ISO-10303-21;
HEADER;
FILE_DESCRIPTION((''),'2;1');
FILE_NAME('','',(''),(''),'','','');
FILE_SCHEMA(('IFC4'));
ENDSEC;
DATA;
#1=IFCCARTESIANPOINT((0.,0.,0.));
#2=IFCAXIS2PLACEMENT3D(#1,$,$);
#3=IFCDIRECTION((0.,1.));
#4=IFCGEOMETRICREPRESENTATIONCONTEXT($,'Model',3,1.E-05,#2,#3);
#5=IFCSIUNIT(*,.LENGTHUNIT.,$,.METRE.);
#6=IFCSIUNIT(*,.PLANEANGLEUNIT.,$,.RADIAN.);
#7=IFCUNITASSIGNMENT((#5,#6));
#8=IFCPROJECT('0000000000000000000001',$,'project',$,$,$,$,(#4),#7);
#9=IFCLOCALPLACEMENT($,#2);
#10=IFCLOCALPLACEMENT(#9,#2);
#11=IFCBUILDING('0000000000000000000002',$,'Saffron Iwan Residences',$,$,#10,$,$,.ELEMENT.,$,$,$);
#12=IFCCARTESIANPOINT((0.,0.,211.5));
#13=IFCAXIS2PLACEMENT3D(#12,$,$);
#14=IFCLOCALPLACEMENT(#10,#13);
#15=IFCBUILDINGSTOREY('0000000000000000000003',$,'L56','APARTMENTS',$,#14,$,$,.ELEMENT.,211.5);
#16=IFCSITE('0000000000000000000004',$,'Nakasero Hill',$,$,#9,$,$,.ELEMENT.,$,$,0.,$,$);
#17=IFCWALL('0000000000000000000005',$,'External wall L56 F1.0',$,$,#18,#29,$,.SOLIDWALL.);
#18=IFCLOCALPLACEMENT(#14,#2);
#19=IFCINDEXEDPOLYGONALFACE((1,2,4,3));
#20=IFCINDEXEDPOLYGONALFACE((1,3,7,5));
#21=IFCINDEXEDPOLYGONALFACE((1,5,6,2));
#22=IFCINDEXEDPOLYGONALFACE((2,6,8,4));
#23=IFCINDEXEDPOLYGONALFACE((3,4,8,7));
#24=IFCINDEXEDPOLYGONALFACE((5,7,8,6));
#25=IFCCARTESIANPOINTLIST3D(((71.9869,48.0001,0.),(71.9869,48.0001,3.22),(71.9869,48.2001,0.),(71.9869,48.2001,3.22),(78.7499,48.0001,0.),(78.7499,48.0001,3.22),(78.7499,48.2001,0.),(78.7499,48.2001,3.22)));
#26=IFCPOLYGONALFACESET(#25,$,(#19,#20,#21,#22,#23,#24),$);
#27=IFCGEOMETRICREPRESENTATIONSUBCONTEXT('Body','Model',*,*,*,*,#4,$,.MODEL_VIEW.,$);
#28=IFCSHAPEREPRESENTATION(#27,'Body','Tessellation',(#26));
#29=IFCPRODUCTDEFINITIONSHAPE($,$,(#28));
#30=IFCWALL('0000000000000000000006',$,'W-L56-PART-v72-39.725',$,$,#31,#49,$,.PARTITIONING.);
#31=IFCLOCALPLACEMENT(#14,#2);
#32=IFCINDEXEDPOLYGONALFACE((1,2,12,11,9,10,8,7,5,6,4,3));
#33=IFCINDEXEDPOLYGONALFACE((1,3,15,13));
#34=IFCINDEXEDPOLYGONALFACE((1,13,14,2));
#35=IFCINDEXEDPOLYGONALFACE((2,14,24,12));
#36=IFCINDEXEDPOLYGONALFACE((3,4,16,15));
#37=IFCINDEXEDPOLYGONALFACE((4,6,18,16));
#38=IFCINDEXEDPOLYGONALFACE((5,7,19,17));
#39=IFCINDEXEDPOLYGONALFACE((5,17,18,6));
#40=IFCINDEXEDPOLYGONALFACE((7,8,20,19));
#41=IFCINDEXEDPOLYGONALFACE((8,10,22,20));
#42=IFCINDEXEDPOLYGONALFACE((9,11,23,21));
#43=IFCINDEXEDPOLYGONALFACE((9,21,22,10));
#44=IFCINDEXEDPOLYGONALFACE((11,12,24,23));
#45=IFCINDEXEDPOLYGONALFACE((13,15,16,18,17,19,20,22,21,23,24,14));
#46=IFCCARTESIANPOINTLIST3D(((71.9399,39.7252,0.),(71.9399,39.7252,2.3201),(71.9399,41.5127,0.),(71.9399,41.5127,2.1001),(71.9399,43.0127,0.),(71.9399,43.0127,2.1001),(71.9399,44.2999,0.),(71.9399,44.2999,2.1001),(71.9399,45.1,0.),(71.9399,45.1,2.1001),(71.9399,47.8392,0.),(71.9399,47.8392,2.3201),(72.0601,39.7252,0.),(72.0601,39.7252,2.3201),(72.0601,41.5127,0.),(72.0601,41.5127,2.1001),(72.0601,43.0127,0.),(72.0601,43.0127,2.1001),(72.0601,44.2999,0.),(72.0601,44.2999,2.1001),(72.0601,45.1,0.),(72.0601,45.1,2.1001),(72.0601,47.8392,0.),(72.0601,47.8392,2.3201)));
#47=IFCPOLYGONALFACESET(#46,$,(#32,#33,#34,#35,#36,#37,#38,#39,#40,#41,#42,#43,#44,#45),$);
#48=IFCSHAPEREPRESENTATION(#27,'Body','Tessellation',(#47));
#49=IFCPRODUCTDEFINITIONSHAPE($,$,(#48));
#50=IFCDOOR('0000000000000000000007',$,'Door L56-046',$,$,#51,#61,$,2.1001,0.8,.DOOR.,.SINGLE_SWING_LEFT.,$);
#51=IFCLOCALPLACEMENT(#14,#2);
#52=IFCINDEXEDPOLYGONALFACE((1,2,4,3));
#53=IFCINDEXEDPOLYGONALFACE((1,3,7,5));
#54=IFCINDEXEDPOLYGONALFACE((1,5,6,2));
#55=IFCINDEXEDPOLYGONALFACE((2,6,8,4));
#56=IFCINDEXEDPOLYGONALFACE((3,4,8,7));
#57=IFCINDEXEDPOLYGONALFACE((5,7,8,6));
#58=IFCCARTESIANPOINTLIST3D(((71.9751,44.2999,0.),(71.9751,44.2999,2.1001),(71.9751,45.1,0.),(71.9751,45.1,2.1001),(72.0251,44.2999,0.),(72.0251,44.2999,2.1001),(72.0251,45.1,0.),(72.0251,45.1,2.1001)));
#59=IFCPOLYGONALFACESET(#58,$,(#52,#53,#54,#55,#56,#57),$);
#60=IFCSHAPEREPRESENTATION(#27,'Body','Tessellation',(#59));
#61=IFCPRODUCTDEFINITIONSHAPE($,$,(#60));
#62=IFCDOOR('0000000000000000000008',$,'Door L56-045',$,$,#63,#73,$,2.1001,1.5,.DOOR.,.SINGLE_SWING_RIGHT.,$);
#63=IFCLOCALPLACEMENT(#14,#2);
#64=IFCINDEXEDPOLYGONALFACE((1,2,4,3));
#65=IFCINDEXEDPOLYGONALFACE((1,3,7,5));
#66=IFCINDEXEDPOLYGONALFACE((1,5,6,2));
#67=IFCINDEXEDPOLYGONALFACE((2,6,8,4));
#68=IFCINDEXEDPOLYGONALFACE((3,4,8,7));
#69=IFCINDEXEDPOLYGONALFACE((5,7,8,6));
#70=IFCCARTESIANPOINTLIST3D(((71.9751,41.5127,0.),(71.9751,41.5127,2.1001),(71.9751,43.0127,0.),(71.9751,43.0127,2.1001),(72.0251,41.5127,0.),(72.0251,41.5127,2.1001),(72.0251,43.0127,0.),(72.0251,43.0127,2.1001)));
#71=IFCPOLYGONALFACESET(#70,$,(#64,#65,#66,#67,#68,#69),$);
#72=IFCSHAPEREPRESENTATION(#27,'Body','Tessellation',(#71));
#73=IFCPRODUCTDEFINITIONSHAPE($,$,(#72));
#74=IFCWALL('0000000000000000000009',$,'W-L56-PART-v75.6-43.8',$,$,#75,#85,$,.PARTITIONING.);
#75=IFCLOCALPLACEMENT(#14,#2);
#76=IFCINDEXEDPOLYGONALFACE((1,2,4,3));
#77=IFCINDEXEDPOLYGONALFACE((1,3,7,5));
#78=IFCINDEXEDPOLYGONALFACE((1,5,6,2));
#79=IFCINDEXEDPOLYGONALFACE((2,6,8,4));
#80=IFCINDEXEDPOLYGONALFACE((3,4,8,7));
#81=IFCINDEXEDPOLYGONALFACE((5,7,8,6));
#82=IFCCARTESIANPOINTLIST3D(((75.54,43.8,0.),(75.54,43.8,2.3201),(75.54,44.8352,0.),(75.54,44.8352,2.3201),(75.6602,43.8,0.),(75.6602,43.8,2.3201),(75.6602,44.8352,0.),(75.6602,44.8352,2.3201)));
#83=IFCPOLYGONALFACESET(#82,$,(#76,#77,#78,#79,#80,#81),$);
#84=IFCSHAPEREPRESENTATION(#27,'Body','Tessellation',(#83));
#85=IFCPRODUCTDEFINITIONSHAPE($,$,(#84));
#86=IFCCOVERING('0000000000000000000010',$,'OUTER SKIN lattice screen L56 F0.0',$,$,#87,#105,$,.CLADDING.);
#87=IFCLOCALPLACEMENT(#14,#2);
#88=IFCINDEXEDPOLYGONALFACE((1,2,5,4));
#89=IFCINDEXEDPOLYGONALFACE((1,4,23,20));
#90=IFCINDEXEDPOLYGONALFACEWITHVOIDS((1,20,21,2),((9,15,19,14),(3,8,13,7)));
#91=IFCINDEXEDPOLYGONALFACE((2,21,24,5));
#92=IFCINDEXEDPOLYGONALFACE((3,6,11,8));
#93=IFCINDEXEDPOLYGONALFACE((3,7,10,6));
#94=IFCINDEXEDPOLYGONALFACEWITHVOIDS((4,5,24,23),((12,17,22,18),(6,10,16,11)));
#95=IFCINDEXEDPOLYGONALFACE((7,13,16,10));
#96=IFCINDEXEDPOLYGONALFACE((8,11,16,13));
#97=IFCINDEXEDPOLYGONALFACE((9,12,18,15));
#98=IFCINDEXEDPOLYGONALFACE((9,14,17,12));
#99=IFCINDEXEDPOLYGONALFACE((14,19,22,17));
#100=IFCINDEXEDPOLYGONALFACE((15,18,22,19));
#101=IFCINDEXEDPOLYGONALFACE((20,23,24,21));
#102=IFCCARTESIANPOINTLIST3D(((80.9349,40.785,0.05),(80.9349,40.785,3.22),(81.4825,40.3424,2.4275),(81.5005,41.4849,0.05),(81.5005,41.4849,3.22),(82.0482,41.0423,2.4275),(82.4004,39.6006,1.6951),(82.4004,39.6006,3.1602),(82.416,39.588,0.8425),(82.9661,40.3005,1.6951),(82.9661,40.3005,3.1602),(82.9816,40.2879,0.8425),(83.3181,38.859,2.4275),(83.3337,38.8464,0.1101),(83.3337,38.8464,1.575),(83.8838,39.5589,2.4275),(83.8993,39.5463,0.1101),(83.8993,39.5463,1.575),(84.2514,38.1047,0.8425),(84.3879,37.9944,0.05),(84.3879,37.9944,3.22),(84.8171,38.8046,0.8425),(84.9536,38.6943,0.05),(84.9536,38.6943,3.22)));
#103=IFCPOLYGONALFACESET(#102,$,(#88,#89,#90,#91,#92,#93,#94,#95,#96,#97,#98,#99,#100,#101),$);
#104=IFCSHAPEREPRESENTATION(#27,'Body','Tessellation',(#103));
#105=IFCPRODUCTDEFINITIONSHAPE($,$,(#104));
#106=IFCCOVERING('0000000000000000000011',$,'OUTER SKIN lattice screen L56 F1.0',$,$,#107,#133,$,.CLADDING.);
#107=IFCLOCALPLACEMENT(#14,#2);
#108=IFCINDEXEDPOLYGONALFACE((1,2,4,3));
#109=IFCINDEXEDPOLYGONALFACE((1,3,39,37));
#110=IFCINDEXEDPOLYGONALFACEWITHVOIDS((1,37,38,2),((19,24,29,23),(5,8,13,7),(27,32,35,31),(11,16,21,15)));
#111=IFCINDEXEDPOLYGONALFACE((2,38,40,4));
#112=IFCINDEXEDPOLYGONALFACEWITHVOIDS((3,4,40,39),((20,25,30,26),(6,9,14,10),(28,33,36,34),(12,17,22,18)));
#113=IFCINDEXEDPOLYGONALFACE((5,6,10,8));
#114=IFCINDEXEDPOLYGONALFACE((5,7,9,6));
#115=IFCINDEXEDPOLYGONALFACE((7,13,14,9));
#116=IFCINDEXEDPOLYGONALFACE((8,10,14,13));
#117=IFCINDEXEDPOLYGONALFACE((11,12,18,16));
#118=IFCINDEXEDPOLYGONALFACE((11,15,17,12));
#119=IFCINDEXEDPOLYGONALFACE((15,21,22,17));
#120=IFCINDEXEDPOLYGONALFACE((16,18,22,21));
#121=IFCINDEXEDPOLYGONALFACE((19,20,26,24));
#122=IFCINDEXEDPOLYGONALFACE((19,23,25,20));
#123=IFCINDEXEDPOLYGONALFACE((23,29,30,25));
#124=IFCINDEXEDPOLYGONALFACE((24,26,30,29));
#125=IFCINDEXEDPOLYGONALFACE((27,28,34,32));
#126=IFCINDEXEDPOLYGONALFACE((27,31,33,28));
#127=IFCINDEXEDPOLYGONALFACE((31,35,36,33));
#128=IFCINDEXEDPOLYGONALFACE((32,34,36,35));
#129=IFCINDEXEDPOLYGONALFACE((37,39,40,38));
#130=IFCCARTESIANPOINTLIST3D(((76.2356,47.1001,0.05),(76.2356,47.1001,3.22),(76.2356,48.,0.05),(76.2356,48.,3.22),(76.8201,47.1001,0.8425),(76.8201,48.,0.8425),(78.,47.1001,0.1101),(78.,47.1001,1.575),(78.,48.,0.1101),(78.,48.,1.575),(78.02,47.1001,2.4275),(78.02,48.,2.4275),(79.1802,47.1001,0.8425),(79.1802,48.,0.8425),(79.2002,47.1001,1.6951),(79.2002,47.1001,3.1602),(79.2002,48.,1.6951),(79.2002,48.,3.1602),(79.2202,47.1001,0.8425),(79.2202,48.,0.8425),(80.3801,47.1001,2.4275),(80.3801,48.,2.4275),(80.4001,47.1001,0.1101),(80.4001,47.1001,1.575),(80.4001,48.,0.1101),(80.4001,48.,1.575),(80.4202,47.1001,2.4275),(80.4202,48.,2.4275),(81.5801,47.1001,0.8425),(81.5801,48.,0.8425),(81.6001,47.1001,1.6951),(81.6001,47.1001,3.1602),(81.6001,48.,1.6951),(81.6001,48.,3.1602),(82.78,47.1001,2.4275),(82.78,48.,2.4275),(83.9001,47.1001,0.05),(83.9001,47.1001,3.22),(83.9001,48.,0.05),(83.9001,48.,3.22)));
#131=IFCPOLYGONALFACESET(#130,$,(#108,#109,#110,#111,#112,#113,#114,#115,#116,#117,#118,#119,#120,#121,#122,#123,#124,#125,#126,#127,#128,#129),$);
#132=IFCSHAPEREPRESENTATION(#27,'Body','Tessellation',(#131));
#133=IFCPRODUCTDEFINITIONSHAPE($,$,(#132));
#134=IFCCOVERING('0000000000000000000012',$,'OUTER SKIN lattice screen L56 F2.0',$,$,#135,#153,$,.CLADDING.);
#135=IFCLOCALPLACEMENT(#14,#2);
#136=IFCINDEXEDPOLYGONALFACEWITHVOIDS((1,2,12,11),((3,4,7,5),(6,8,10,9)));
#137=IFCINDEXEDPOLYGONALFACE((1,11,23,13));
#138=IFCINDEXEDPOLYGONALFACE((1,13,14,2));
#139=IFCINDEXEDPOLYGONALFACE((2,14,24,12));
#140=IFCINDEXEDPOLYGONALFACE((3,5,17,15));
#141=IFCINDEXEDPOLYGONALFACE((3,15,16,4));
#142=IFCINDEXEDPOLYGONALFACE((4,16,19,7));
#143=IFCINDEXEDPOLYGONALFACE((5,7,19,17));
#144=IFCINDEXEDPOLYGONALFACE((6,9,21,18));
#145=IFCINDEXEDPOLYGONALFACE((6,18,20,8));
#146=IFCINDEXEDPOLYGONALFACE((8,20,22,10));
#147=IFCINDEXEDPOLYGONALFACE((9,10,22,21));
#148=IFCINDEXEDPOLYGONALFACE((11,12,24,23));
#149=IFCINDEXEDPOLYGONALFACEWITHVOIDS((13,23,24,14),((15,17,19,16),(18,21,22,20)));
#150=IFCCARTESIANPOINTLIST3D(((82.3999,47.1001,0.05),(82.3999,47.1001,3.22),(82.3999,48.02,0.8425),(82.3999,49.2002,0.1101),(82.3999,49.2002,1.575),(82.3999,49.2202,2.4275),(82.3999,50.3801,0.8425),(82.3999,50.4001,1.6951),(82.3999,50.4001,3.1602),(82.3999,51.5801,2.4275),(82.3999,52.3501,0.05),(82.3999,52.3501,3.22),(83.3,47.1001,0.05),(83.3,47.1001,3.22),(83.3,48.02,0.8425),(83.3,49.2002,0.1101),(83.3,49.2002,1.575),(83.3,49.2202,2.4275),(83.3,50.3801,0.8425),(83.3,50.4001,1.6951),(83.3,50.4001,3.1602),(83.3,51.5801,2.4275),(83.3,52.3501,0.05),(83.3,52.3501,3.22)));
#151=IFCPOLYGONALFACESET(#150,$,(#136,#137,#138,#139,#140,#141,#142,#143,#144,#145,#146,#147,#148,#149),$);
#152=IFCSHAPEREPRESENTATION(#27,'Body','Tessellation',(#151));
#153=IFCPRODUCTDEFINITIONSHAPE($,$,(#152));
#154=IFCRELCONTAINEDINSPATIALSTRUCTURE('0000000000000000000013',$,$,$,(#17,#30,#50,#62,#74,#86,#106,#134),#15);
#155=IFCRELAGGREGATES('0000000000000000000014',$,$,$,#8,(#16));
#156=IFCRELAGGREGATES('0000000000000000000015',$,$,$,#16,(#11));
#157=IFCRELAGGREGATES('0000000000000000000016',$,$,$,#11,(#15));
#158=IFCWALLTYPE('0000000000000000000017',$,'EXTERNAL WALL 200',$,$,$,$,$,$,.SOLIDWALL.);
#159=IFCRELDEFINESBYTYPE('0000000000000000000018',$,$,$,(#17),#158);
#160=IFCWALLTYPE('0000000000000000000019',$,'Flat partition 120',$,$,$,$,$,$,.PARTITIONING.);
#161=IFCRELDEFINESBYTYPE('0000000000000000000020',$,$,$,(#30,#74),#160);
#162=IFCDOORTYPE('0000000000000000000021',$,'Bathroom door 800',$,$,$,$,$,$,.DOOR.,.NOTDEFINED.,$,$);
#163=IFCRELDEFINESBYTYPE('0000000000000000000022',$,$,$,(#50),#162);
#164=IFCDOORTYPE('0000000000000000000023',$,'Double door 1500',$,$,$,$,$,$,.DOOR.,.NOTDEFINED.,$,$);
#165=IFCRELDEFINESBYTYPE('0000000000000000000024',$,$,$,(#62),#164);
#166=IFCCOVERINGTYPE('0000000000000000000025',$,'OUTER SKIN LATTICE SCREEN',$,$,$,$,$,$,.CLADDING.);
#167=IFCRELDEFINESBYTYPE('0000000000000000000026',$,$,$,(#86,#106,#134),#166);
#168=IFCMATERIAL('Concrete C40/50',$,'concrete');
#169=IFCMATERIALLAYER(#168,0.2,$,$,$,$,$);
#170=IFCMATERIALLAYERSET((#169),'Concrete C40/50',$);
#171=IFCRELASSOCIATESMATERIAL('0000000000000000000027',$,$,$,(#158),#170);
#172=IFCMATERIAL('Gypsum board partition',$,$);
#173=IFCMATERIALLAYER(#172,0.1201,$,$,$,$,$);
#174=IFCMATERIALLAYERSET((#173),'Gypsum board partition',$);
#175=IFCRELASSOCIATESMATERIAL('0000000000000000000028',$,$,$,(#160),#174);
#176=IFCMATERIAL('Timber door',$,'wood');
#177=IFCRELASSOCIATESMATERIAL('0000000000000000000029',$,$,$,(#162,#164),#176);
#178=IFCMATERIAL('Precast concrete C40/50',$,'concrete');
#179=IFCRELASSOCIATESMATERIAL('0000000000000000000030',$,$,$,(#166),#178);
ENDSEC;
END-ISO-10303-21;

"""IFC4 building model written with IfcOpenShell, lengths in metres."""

from ifc_helpers import new_model, si_unit, direction, frame, frame_2d, origin, place, context, subcontext, project, spatial, polyline, rectangle, outline, extrude, material, layer, layer_set, type_object, element, fill, save


model = new_model("IFC4")

# Units and contexts
model_context = context("Model", 3, precision=1e-05, world=origin(), true_north=direction((0.0, 1.0)))
body_context = subcontext(model_context, "Body", "Model", "MODEL_VIEW")
ifc_project = project(units=[si_unit("LENGTHUNIT", "METRE"), si_unit("PLANEANGLEUNIT", "RADIAN")], contexts=[model_context])

# Site, building, storey
site_placement = place(None, origin())
site = spatial("IfcSite", under=ifc_project, at=site_placement, Name="Nakasero Hill", CompositionType="ELEMENT", RefElevation=0.0)
building_placement = place(site_placement, origin())
building = spatial("IfcBuilding", under=site, at=building_placement, Name="Saffron Iwan Residences", CompositionType="ELEMENT")
storey_placement = place(building_placement, frame((0.0, 0.0, 211.5)))
storey = spatial("IfcBuildingStorey", under=building, at=storey_placement, Name="L56", Description="APARTMENTS", CompositionType="ELEMENT", Elevation=211.5)

# Shared definitions
ifc_material_1 = material(Name="Concrete C40/50", Category="concrete")

# Shared definitions
ifc_layer_1 = layer(ifc_material_1, 0.2)
ifc_layer_set_1 = layer_set([ifc_layer_1], Name="Concrete C40/50")
wall_type_1 = type_object("IfcWallType", Name="EXTERNAL WALL 200", PredefinedType="SOLIDWALL", material=ifc_layer_set_1)

# Wall
wall_1_placement = place(storey_placement, frame((71.9871, 48.1001, 0.0), z_axis=(0.0, 0.0, 1.0), x_axis=(1.0, 0.0, 0.0)))
element("IfcWall", 1, at=wall_1_placement, inside=storey, type_object=wall_type_1, Name="External wall L56 F1.0", PredefinedType="SOLIDWALL", context=body_context, shape_type="SweptSolid", body=[
    extrude(rectangle(XDim=6.7629, YDim=0.2, at=frame_2d((3.3813, 0.0))), origin(), (0.0, 0.0, 1.0), 3.22),
])

# Wall, openings, doors
ifc_material_2 = material(Name="Gypsum board partition")
ifc_layer_2 = layer(ifc_material_2, 0.1201)
ifc_layer_set_2 = layer_set([ifc_layer_2], Name="Gypsum board partition")
wall_type_2 = type_object("IfcWallType", Name="Flat partition 120", PredefinedType="PARTITIONING", material=ifc_layer_set_2)
wall_2_placement = place(storey_placement, frame((72.0, 39.7251, 0.0), z_axis=(0.0, 0.0, 1.0), x_axis=(0.0, 1.0, 0.0)))
wall_2 = element("IfcWall", 2, at=wall_2_placement, inside=storey, type_object=wall_type_2, Name="W-L56-PART-v72-39.725", PredefinedType="PARTITIONING", context=body_context, shape_type="SweptSolid", body=[
    extrude(rectangle(XDim=8.114, YDim=0.1201, at=frame_2d((4.0571, 0.0))), origin(), (0.0, 0.0, 1.0), 2.3201),
])
opening_1_placement = place(wall_2_placement, frame((1.7876, 0.0, 0.0)))
opening_1 = element("IfcOpeningElement", 3, at=opening_1_placement, cuts=wall_2, PredefinedType="OPENING", context=body_context, shape_type="SweptSolid", body=[
    extrude(rectangle(XDim=1.5, YDim=2.1001, at=frame_2d((0.75, 1.05))), frame((0.0, 0.0701, 0.0), z_axis=(0.0, -1.0, 0.0), x_axis=(1.0, 0.0, 0.0)), (0.0, 0.0, 1.0), 0.1401),
])
opening_2_placement = place(wall_2_placement, frame((4.575, 0.0, 0.0)))
opening_2 = element("IfcOpeningElement", 4, at=opening_2_placement, cuts=wall_2, PredefinedType="OPENING", context=body_context, shape_type="SweptSolid", body=[
    extrude(rectangle(XDim=0.8, YDim=2.1001, at=frame_2d((0.3999, 1.05))), frame((0.0, 0.0701, 0.0), z_axis=(0.0, -1.0, 0.0), x_axis=(1.0, 0.0, 0.0)), (0.0, 0.0, 1.0), 0.1401),
])
ifc_material_3 = material(Name="Timber door", Category="wood")
door_type_1 = type_object("IfcDoorType", Name="Bathroom door 800", OperationType="NOTDEFINED", PredefinedType="DOOR", material=ifc_material_3)
door_1_placement = place(opening_2_placement, origin())
door_1 = element("IfcDoor", 5, at=door_1_placement, inside=storey, type_object=door_type_1, Name="Door L56-046", OperationType="SINGLE_SWING_LEFT", OverallHeight=2.1001, OverallWidth=0.8, PredefinedType="DOOR", context=body_context, shape_type="SweptSolid", body=[
    extrude(rectangle(XDim=0.8, YDim=2.1001, at=frame_2d((0.3999, 1.05))), frame((0.0, 0.0249, 0.0), z_axis=(0.0, -1.0, 0.0), x_axis=(1.0, 0.0, 0.0)), (0.0, 0.0, 1.0), 0.05),
])
fill(opening_2, door_1)
door_type_2 = type_object("IfcDoorType", Name="Double door 1500", OperationType="NOTDEFINED", PredefinedType="DOOR", material=ifc_material_3)
door_2_placement = place(opening_1_placement, origin())
door_2 = element("IfcDoor", 6, at=door_2_placement, inside=storey, type_object=door_type_2, Name="Door L56-045", OperationType="SINGLE_SWING_RIGHT", OverallHeight=2.1001, OverallWidth=1.5, PredefinedType="DOOR", context=body_context, shape_type="SweptSolid", body=[
    extrude(rectangle(XDim=1.5, YDim=2.1001, at=frame_2d((0.75, 1.05))), frame((0.0, 0.0249, 0.0), z_axis=(0.0, -1.0, 0.0), x_axis=(1.0, 0.0, 0.0)), (0.0, 0.0, 1.0), 0.05),
])
fill(opening_1, door_2)

# Wall
wall_3_placement = place(storey_placement, frame((75.6001, 43.8, 0.0), z_axis=(0.0, 0.0, 1.0), x_axis=(0.0, 1.0, 0.0)))
element("IfcWall", 7, at=wall_3_placement, inside=storey, type_object=wall_type_2, Name="W-L56-PART-v75.6-43.8", PredefinedType="PARTITIONING", context=body_context, shape_type="SweptSolid", body=[
    extrude(rectangle(XDim=1.0352, YDim=0.1201, at=frame_2d((0.5176, 0.0))), origin(), (0.0, 0.0, 1.0), 2.3201),
])

# Coverings
ifc_material_4 = material(Name="Precast concrete C40/50", Category="concrete")
covering_type = type_object("IfcCoveringType", Name="OUTER SKIN LATTICE SCREEN", PredefinedType="CLADDING", material=ifc_material_4)
covering_1_placement = place(storey_placement, frame((84.3879, 37.9944, 0.05), z_axis=(0.628558, 0.777763, 0.0), x_axis=(-0.777763, 0.628558, 0.0)))
element("IfcCovering", 8, at=covering_1_placement, inside=storey, type_object=covering_type, Name="OUTER SKIN lattice screen L56 F0.0", PredefinedType="CLADDING", context=body_context, shape_type="SweptSolid", body=[
    extrude(outline(polyline([(0.0, 0.0), (4.4397, 0.0), (4.4397, 3.1699), (0.0, 3.1699), (0.0, 0.0)]), holes=[polyline([(0.1755, 0.7925), (1.3555, 0.0601), (2.5354, 0.7925), (1.3555, 1.5249), (0.1755, 0.7925)]), polyline([(1.3755, 2.3774), (2.5554, 1.645), (3.7356, 2.3774), (2.5554, 3.1101), (1.3755, 2.3774)])]), origin(), (0.0, 0.0, 1.0), 0.8999),
])
covering_2_placement = place(storey_placement, frame((76.2356, 48.0, 0.05), z_axis=(0.0, -1.0, 0.0), x_axis=(1.0, 0.0, 0.0)))
element("IfcCovering", 9, at=covering_2_placement, inside=storey, type_object=covering_type, Name="OUTER SKIN lattice screen L56 F1.0", PredefinedType="CLADDING", context=body_context, shape_type="SweptSolid", body=[
    extrude(outline(polyline([(0.0, 0.0), (7.6646, 0.0), (7.6646, 3.1699), (0.0, 3.1699), (0.0, 0.0)]), holes=[polyline([(0.5845, 0.7925), (1.7644, 0.0601), (2.9446, 0.7925), (1.7644, 1.5249), (0.5845, 0.7925)]), polyline([(2.9846, 0.7925), (4.1646, 0.0601), (5.3445, 0.7925), (4.1646, 1.5249), (2.9846, 0.7925)]), polyline([(1.7844, 2.3774), (2.9646, 1.645), (4.1445, 2.3774), (2.9646, 3.1101), (1.7844, 2.3774)]), polyline([(4.1846, 2.3774), (5.3645, 1.645), (6.5444, 2.3774), (5.3645, 3.1101), (4.1846, 2.3774)])]), origin(), (0.0, 0.0, 1.0), 0.8999),
])
covering_3_placement = place(storey_placement, frame((82.3999, 47.1001, 0.05), z_axis=(1.0, 0.0, 0.0), x_axis=(0.0, 1.0, 0.0)))
element("IfcCovering", 10, at=covering_3_placement, inside=storey, type_object=covering_type, Name="OUTER SKIN lattice screen L56 F2.0", PredefinedType="CLADDING", context=body_context, shape_type="SweptSolid", body=[
    extrude(outline(polyline([(0.0, 0.0), (5.25, 0.0), (5.25, 3.1699), (0.0, 3.1699), (0.0, 0.0)]), holes=[polyline([(0.9199, 0.7925), (2.1001, 0.0601), (3.28, 0.7925), (2.1001, 1.5249), (0.9199, 0.7925)]), polyline([(2.1201, 2.3774), (3.3, 1.645), (4.48, 2.3774), (3.3, 3.1101), (2.1201, 2.3774)])]), origin(), (0.0, 0.0, 1.0), 0.9001),
])

save(model, "model.ifc")
